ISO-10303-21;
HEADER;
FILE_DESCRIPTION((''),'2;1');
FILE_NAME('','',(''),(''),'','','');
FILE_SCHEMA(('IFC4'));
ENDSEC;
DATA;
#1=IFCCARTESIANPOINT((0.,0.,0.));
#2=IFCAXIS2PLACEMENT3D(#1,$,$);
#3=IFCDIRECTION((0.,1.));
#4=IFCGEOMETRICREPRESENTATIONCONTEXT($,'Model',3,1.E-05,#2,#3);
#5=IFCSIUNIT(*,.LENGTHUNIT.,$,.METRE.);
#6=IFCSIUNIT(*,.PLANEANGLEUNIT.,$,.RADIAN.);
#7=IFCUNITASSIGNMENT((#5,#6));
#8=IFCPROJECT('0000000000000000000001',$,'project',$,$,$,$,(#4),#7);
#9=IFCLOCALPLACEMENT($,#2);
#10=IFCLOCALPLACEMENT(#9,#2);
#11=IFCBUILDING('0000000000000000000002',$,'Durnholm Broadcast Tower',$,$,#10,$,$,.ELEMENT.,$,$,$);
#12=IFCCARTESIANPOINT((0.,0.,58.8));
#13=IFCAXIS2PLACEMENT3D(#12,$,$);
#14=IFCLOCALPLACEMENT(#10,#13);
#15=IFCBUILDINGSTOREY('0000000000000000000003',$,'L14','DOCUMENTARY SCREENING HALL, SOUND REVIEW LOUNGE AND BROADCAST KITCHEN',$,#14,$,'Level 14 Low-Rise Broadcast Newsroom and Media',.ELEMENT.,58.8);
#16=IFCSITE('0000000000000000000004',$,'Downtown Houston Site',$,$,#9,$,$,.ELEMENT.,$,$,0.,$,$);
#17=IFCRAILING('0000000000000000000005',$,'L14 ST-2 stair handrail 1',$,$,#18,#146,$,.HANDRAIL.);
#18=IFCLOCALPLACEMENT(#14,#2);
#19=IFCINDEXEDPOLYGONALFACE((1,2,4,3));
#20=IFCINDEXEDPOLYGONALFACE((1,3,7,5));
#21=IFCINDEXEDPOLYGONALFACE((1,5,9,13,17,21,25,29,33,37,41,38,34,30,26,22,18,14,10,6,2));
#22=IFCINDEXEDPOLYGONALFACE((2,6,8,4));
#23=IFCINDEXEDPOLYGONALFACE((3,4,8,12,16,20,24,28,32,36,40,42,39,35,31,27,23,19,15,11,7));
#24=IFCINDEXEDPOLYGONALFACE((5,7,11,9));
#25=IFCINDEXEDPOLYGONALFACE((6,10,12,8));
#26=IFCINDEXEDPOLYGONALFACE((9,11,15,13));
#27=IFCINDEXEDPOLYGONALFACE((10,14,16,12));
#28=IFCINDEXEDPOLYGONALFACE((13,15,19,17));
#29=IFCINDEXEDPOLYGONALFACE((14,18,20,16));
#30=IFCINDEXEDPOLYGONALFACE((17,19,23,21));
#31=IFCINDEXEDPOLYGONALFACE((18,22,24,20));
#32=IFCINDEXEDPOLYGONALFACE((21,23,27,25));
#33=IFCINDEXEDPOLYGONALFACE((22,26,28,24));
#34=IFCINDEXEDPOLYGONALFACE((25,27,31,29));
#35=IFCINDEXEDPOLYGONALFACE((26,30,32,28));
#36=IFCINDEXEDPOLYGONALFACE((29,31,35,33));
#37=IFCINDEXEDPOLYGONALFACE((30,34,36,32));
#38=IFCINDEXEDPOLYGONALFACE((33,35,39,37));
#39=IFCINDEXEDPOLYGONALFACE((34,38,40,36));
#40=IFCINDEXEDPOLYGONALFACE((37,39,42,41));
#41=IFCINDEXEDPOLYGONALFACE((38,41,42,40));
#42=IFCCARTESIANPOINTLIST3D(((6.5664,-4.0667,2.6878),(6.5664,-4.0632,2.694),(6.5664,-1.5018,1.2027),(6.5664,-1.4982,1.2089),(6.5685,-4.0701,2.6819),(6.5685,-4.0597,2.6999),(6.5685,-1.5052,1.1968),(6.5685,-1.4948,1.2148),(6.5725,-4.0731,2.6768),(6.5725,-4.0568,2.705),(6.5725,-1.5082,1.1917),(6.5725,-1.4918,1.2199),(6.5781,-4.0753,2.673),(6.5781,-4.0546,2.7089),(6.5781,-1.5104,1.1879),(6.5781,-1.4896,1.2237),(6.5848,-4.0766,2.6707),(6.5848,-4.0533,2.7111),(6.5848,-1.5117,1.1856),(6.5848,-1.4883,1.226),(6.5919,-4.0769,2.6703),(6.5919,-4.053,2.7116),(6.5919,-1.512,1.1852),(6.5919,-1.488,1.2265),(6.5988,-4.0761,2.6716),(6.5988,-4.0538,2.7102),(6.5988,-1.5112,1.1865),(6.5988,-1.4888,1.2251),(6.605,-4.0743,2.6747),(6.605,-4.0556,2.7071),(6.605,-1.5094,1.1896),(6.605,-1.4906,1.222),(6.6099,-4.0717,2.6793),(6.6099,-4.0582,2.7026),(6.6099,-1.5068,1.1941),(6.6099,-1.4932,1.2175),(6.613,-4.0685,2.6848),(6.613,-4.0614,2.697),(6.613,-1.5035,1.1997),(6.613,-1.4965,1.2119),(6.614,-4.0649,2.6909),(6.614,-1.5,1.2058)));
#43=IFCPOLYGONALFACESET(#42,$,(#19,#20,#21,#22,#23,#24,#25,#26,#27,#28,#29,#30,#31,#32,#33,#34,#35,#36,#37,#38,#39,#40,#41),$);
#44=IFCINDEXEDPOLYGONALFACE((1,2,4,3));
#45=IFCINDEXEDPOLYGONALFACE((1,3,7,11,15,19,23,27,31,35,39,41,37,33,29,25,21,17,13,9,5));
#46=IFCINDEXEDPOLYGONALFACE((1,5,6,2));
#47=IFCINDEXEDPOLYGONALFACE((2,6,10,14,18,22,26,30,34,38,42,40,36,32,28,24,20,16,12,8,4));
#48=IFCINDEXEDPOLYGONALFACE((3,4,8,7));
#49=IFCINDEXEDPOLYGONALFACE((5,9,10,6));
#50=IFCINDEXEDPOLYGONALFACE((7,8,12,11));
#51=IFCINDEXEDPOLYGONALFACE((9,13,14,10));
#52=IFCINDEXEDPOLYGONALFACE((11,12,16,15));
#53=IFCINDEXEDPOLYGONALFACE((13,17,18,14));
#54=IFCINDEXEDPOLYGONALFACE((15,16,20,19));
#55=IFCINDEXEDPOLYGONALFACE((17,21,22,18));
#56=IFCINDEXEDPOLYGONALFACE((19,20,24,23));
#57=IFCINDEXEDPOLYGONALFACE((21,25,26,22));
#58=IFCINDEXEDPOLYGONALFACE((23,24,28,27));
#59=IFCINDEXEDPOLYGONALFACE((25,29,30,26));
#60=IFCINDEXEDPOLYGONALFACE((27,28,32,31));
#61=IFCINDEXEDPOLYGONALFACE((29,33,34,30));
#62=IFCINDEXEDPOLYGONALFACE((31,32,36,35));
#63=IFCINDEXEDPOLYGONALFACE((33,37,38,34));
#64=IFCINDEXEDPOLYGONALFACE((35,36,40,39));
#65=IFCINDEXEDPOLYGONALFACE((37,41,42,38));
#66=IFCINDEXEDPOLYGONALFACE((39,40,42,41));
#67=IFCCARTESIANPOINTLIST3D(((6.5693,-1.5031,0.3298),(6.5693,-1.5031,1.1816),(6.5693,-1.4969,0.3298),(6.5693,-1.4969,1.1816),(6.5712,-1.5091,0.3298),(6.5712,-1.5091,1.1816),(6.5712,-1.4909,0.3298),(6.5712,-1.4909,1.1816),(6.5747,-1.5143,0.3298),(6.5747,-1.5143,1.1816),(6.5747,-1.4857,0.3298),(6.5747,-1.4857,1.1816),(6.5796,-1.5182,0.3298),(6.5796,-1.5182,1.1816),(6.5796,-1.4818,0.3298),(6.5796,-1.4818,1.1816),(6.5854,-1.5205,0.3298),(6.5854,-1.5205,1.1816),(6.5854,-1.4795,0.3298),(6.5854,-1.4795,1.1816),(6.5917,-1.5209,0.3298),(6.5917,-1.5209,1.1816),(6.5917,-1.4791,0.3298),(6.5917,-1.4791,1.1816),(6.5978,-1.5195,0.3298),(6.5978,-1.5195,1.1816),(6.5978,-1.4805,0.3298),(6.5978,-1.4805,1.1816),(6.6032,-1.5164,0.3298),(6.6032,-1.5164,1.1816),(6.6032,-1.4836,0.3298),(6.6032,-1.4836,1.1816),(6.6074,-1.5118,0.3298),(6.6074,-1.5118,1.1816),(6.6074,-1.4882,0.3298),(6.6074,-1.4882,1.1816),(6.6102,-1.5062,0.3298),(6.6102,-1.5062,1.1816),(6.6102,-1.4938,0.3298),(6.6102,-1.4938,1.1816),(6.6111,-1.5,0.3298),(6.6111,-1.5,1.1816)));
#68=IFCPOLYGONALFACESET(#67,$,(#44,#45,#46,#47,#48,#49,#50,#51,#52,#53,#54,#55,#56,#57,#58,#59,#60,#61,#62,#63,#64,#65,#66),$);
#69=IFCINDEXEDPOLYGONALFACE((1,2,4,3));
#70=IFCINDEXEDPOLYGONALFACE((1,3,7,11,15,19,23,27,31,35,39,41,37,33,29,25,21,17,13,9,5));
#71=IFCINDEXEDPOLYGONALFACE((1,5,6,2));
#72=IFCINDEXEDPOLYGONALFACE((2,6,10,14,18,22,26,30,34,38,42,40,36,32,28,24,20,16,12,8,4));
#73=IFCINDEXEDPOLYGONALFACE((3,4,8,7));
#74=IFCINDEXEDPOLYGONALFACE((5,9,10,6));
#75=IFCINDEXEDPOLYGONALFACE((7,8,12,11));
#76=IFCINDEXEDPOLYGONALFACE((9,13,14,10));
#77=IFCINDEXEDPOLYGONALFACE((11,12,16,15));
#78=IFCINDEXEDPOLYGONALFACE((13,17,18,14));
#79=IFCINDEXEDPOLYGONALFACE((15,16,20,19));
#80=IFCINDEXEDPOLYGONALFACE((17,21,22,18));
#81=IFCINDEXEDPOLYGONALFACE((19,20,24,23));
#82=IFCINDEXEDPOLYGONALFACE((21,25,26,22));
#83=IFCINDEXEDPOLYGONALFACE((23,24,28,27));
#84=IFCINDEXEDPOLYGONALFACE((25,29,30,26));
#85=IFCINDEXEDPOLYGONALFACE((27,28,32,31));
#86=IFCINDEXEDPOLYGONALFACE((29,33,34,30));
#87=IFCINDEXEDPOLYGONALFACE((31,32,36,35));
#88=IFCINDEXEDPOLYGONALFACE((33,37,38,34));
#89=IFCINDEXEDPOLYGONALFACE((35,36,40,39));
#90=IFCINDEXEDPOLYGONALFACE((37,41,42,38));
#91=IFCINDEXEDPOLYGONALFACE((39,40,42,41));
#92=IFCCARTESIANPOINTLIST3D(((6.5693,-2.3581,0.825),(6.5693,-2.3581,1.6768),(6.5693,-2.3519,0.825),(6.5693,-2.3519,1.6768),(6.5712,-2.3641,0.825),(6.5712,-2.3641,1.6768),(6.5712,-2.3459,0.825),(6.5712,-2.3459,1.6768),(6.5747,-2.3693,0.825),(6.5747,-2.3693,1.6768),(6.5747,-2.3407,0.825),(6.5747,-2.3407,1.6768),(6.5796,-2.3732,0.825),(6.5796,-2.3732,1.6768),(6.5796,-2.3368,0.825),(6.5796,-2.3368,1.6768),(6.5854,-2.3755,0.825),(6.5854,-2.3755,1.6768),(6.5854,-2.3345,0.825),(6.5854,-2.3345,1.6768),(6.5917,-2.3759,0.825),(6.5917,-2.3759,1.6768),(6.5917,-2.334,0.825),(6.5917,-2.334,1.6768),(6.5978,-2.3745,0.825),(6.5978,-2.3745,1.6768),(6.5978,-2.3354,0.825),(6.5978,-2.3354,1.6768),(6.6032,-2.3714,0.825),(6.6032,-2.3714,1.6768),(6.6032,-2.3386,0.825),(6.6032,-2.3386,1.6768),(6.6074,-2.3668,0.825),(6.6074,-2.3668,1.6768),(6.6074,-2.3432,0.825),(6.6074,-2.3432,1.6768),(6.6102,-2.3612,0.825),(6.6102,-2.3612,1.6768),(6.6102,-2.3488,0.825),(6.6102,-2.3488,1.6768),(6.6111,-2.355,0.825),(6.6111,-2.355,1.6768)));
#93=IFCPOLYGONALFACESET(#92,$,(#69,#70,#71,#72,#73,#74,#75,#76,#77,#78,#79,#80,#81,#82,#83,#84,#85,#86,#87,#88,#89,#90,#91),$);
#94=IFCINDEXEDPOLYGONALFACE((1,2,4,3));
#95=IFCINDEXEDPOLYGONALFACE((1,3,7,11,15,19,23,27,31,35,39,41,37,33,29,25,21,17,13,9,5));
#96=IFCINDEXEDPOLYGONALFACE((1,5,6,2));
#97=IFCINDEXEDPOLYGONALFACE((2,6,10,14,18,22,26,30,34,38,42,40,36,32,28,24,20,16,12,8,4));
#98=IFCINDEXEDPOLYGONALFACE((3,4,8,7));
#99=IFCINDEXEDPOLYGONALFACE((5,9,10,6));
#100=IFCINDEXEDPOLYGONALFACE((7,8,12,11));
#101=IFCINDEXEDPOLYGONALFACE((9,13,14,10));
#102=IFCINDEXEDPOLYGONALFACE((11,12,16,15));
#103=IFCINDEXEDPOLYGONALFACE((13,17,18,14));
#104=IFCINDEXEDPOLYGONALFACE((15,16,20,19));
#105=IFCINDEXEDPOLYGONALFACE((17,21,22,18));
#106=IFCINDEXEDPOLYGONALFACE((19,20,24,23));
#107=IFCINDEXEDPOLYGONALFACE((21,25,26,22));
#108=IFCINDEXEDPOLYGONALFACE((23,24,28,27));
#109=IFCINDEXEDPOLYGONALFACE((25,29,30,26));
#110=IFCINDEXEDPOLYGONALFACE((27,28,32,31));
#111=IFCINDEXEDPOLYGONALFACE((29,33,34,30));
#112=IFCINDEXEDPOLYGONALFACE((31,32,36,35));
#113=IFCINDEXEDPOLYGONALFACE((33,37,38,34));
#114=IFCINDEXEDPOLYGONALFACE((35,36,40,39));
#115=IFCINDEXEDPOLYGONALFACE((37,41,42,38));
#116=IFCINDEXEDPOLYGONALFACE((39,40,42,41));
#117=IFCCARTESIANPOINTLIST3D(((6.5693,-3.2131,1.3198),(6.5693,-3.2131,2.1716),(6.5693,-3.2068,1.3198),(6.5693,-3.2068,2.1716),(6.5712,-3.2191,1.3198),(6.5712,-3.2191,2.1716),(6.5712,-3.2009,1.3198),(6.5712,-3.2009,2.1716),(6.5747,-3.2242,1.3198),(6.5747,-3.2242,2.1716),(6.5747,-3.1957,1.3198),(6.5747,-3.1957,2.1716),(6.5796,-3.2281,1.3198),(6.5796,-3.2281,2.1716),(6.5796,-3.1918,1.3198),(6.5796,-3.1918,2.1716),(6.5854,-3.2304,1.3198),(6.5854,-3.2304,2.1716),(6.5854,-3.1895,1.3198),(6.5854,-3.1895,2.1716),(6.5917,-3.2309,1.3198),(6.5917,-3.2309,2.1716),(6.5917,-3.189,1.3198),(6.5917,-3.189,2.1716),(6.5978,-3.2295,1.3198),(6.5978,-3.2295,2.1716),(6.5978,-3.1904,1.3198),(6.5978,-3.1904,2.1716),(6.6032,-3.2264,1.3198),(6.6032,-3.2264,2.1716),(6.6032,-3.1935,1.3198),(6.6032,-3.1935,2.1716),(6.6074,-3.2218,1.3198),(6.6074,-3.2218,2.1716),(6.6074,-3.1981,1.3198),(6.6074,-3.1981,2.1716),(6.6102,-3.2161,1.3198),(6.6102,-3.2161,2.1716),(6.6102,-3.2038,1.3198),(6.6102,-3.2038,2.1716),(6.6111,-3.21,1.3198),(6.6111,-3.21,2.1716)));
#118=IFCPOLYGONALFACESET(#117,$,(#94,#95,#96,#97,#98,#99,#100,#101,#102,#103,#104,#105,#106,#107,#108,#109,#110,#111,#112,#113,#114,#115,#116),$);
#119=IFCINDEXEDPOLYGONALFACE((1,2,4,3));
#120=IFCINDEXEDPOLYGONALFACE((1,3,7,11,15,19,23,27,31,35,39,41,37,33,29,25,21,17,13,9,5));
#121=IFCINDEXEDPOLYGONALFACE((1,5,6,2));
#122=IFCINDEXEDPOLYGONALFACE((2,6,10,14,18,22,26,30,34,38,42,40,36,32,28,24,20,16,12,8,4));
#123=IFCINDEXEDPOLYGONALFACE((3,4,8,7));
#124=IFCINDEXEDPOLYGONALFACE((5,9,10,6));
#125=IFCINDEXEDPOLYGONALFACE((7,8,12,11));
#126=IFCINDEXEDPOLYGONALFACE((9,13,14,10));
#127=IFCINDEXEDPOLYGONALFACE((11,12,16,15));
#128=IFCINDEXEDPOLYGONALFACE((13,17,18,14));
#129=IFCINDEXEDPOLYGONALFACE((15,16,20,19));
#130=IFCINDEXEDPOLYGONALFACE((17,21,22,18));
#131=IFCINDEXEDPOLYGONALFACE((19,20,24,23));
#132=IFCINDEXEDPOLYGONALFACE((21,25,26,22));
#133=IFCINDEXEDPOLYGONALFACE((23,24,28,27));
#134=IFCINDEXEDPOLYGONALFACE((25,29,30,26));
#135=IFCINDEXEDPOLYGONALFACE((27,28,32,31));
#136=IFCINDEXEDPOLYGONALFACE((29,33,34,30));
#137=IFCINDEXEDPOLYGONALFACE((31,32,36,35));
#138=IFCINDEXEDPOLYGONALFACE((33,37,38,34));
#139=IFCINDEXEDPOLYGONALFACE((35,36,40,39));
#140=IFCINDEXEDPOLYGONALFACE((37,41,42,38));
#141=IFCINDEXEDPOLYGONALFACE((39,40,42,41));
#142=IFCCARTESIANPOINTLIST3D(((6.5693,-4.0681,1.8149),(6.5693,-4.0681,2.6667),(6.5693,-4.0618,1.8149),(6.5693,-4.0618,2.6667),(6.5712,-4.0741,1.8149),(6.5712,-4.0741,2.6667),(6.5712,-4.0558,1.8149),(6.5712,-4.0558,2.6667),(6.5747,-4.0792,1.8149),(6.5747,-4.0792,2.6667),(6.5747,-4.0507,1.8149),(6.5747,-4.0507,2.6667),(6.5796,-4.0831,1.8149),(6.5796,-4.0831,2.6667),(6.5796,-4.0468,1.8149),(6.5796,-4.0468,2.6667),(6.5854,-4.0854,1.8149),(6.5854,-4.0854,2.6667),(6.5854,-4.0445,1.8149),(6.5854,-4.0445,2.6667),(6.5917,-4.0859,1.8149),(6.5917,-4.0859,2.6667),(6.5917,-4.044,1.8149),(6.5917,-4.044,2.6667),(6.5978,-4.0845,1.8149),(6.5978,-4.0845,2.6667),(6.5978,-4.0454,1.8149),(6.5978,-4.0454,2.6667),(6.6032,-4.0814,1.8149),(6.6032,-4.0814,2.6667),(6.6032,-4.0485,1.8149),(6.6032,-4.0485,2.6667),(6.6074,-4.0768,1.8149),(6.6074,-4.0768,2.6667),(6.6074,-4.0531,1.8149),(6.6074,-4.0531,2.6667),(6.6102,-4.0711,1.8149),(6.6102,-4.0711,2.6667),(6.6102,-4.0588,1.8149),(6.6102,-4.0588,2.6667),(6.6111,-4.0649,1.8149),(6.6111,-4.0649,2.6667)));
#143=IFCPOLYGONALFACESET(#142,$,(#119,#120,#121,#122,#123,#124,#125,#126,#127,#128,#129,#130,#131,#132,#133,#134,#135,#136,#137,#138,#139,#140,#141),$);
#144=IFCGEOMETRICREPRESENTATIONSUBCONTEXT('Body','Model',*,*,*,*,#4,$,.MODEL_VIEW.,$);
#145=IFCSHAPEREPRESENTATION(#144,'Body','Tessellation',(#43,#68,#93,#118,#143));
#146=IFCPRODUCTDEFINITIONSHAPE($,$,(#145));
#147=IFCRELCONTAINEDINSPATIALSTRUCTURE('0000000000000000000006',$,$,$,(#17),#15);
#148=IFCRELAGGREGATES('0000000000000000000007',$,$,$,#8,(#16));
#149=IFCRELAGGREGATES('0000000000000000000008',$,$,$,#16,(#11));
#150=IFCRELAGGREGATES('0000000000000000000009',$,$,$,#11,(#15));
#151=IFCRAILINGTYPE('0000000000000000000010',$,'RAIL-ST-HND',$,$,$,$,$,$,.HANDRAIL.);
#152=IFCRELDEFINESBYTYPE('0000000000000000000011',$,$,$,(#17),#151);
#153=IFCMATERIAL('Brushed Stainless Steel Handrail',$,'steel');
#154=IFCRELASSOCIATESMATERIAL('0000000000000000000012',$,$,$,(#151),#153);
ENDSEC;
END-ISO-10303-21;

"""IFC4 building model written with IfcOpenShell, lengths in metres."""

from ifc_helpers import new_model, si_unit, direction, frame, origin, origin_2d, place, context, subcontext, project, spatial, circle, extrude, material, type_object, element, save


model = new_model("IFC4")

# Units and contexts
model_context = context("Model", 3, precision=1e-05, world=origin(), true_north=direction((0.0, 1.0)))
body_context = subcontext(model_context, "Body", "Model", "MODEL_VIEW")
ifc_project = project(units=[si_unit("LENGTHUNIT", "METRE"), si_unit("PLANEANGLEUNIT", "RADIAN")], contexts=[model_context])

# Site, building, storey
site_placement = place(None, origin())
site = spatial("IfcSite", under=ifc_project, at=site_placement, Name="Downtown Houston Site", CompositionType="ELEMENT", RefElevation=0.0)
building_placement = place(site_placement, origin())
building = spatial("IfcBuilding", under=site, at=building_placement, Name="Durnholm Broadcast Tower", CompositionType="ELEMENT")
storey_placement = place(building_placement, frame((0.0, 0.0, 58.8)))
storey = spatial("IfcBuildingStorey", under=building, at=storey_placement, Name="L14", Description="DOCUMENTARY SCREENING HALL, SOUND REVIEW LOUNGE AND BROADCAST KITCHEN", LongName="Level 14 Low-Rise Broadcast Newsroom and Media", CompositionType="ELEMENT", Elevation=58.8)

# Railing
ifc_material_1 = material(Name="Brushed Stainless Steel Handrail", Category="steel")
railing_type_1 = type_object("IfcRailingType", Name="RAIL-ST-HND", PredefinedType="HANDRAIL", material=ifc_material_1)
railing_1_placement = place(storey_placement, frame((6.5901, -1.5, 0.3298)))
element("IfcRailing", 1, at=railing_1_placement, inside=storey, type_object=railing_type_1, Name="L14 ST-2 stair handrail 1", PredefinedType="HANDRAIL", context=body_context, shape_type="SweptSolid", body=[
    extrude(circle(Radius=0.0239, at=origin_2d()), frame((0.0, 0.0, 0.876), z_axis=(0.0, -0.865406, 0.501072), x_axis=(1.0, 0.0, 0.0)), (0.0, 0.0, 1.0), 2.9639),
    extrude(circle(Radius=0.021, at=origin_2d()), origin(), (0.0, 0.0, 1.0), 0.8518),
    extrude(circle(Radius=0.021, at=origin_2d()), frame((0.0, -0.855, 0.4951)), (0.0, 0.0, 1.0), 0.8518),
    extrude(circle(Radius=0.021, at=origin_2d()), frame((0.0, -1.71, 0.99)), (0.0, 0.0, 1.0), 0.8518),
    extrude(circle(Radius=0.021, at=origin_2d()), frame((0.0, -2.5649, 1.4851)), (0.0, 0.0, 1.0), 0.8518),
])

save(model, "model.ifc")
